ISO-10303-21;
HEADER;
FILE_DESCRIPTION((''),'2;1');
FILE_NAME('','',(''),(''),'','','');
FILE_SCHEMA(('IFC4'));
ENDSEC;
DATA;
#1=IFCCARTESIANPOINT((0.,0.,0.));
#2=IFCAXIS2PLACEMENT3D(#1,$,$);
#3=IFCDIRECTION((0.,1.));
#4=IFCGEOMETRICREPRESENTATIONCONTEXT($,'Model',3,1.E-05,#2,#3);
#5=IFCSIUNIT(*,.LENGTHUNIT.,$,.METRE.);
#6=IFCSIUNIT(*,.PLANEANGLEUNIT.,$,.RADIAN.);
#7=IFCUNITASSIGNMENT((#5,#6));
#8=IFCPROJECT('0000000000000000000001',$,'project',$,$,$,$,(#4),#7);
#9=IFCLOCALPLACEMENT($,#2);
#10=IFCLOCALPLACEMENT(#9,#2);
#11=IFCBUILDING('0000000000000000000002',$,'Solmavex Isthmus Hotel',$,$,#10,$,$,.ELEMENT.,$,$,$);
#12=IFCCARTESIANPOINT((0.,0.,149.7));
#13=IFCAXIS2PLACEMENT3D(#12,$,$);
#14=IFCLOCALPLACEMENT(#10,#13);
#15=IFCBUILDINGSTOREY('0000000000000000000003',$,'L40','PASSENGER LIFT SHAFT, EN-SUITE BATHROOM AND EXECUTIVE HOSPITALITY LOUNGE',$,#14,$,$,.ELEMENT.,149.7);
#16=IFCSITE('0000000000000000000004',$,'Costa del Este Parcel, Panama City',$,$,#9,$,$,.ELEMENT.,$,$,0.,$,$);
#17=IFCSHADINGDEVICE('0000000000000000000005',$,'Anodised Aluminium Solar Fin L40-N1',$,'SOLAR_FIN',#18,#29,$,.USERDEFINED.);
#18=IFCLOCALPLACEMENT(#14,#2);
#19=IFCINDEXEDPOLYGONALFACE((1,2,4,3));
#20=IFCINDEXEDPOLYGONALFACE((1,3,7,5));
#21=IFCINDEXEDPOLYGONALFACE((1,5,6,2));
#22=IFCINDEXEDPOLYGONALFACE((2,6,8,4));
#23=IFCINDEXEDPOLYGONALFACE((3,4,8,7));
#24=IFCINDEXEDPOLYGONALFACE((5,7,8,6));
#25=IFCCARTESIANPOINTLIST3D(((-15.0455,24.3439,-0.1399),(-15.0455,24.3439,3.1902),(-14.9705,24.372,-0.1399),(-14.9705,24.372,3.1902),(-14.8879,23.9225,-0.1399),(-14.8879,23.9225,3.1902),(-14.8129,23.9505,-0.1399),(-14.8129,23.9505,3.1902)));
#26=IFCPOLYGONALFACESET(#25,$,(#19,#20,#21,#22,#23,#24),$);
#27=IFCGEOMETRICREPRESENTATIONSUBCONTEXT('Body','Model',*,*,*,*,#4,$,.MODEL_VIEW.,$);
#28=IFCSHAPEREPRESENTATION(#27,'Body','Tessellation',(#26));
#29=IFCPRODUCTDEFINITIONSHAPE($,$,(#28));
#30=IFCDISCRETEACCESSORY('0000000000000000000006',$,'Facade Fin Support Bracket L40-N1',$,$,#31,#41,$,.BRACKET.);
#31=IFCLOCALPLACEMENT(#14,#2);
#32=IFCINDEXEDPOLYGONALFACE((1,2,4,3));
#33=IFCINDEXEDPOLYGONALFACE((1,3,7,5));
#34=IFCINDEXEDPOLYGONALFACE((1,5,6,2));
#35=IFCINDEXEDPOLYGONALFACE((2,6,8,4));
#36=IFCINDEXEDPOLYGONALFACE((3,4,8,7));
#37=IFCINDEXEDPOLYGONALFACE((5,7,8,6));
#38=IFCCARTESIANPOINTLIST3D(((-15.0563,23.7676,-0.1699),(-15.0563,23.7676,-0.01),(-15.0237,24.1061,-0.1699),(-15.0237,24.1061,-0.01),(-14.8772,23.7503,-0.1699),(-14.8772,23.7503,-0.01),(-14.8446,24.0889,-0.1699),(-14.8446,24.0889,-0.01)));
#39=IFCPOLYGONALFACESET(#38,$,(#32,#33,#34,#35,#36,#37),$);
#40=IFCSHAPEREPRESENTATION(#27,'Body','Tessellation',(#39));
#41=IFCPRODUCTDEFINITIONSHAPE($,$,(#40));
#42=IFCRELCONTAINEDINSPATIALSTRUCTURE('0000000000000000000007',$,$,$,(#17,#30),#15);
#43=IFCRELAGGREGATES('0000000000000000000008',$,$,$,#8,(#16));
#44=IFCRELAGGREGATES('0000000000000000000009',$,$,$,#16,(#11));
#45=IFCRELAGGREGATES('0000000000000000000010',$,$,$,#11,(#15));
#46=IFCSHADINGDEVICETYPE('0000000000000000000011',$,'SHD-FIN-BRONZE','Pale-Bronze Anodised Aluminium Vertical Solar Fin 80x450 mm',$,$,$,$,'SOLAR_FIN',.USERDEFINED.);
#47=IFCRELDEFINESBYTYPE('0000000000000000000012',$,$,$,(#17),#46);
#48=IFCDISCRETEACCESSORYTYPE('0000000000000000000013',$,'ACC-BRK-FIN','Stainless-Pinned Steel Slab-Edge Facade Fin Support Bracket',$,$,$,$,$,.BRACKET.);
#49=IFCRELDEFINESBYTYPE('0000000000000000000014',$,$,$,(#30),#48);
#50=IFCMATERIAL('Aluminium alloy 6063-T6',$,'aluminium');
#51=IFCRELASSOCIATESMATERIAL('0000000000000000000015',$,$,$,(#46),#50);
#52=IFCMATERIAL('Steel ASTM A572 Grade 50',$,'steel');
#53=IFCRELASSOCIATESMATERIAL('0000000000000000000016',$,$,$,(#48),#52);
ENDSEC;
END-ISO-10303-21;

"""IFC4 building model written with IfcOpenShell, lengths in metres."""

from ifc_helpers import new_model, si_unit, direction, frame, origin, origin_2d, place, context, subcontext, project, spatial, rectangle, extrude, material, type_object, element, save


model = new_model("IFC4")

# Units and contexts
model_context = context("Model", 3, precision=1e-05, world=origin(), true_north=direction((0.0, 1.0)))
body_context = subcontext(model_context, "Body", "Model", "MODEL_VIEW")
ifc_project = project(units=[si_unit("LENGTHUNIT", "METRE"), si_unit("PLANEANGLEUNIT", "RADIAN")], contexts=[model_context])

# Site, building, storey
site_placement = place(None, origin())
site = spatial("IfcSite", under=ifc_project, at=site_placement, Name="Costa del Este Parcel, Panama City", CompositionType="ELEMENT", RefElevation=0.0)
building_placement = place(site_placement, origin())
building = spatial("IfcBuilding", under=site, at=building_placement, Name="Solmavex Isthmus Hotel", CompositionType="ELEMENT")
storey_placement = place(building_placement, frame((0.0, 0.0, 149.7)))
storey = spatial("IfcBuildingStorey", under=building, at=storey_placement, Name="L40", Description="PASSENGER LIFT SHAFT, EN-SUITE BATHROOM AND EXECUTIVE HOSPITALITY LOUNGE", CompositionType="ELEMENT", Elevation=149.7)

# Shared definitions
ifc_material_1 = material(Name="Aluminium alloy 6063-T6", Category="aluminium")

# Shading device
shading_device_type = type_object("IfcShadingDeviceType", Name="SHD-FIN-BRONZE", Description="Pale-Bronze Anodised Aluminium Vertical Solar Fin 80x450 mm", ElementType="SOLAR_FIN", PredefinedType="USERDEFINED", material=ifc_material_1)
shading_device_placement = place(storey_placement, frame((-14.9292, 24.1472, -0.1399), z_axis=(0.0, 0.0, 1.0), x_axis=(-0.350207, 0.936672, 0.0)))
element("IfcShadingDevice", 1, at=shading_device_placement, inside=storey, type_object=shading_device_type, Name="Anodised Aluminium Solar Fin L40-N1", ObjectType="SOLAR_FIN", PredefinedType="USERDEFINED", context=body_context, shape_type="SweptSolid", body=[
    extrude(rectangle(XDim=0.45, YDim=0.0801, at=origin_2d()), origin(), (0.0, 0.0, 1.0), 3.3301),
])

# Discrete accessory
ifc_material_2 = material(Name="Steel ASTM A572 Grade 50", Category="steel")
discrete_accessory_type = type_object("IfcDiscreteAccessoryType", Name="ACC-BRK-FIN", Description="Stainless-Pinned Steel Slab-Edge Facade Fin Support Bracket", PredefinedType="BRACKET", material=ifc_material_2)
discrete_accessory_placement = place(storey_placement, frame((-14.9504, 23.9282, -0.1699), z_axis=(0.0, 0.0, 1.0), x_axis=(0.095846, 0.995396, 0.0)))
element("IfcDiscreteAccessory", 2, at=discrete_accessory_placement, inside=storey, type_object=discrete_accessory_type, Name="Facade Fin Support Bracket L40-N1", PredefinedType="BRACKET", context=body_context, shape_type="SweptSolid", body=[
    extrude(rectangle(XDim=0.3401, YDim=0.1799, at=origin_2d()), origin(), (0.0, 0.0, 1.0), 0.1599),
])

save(model, "model.ifc")
